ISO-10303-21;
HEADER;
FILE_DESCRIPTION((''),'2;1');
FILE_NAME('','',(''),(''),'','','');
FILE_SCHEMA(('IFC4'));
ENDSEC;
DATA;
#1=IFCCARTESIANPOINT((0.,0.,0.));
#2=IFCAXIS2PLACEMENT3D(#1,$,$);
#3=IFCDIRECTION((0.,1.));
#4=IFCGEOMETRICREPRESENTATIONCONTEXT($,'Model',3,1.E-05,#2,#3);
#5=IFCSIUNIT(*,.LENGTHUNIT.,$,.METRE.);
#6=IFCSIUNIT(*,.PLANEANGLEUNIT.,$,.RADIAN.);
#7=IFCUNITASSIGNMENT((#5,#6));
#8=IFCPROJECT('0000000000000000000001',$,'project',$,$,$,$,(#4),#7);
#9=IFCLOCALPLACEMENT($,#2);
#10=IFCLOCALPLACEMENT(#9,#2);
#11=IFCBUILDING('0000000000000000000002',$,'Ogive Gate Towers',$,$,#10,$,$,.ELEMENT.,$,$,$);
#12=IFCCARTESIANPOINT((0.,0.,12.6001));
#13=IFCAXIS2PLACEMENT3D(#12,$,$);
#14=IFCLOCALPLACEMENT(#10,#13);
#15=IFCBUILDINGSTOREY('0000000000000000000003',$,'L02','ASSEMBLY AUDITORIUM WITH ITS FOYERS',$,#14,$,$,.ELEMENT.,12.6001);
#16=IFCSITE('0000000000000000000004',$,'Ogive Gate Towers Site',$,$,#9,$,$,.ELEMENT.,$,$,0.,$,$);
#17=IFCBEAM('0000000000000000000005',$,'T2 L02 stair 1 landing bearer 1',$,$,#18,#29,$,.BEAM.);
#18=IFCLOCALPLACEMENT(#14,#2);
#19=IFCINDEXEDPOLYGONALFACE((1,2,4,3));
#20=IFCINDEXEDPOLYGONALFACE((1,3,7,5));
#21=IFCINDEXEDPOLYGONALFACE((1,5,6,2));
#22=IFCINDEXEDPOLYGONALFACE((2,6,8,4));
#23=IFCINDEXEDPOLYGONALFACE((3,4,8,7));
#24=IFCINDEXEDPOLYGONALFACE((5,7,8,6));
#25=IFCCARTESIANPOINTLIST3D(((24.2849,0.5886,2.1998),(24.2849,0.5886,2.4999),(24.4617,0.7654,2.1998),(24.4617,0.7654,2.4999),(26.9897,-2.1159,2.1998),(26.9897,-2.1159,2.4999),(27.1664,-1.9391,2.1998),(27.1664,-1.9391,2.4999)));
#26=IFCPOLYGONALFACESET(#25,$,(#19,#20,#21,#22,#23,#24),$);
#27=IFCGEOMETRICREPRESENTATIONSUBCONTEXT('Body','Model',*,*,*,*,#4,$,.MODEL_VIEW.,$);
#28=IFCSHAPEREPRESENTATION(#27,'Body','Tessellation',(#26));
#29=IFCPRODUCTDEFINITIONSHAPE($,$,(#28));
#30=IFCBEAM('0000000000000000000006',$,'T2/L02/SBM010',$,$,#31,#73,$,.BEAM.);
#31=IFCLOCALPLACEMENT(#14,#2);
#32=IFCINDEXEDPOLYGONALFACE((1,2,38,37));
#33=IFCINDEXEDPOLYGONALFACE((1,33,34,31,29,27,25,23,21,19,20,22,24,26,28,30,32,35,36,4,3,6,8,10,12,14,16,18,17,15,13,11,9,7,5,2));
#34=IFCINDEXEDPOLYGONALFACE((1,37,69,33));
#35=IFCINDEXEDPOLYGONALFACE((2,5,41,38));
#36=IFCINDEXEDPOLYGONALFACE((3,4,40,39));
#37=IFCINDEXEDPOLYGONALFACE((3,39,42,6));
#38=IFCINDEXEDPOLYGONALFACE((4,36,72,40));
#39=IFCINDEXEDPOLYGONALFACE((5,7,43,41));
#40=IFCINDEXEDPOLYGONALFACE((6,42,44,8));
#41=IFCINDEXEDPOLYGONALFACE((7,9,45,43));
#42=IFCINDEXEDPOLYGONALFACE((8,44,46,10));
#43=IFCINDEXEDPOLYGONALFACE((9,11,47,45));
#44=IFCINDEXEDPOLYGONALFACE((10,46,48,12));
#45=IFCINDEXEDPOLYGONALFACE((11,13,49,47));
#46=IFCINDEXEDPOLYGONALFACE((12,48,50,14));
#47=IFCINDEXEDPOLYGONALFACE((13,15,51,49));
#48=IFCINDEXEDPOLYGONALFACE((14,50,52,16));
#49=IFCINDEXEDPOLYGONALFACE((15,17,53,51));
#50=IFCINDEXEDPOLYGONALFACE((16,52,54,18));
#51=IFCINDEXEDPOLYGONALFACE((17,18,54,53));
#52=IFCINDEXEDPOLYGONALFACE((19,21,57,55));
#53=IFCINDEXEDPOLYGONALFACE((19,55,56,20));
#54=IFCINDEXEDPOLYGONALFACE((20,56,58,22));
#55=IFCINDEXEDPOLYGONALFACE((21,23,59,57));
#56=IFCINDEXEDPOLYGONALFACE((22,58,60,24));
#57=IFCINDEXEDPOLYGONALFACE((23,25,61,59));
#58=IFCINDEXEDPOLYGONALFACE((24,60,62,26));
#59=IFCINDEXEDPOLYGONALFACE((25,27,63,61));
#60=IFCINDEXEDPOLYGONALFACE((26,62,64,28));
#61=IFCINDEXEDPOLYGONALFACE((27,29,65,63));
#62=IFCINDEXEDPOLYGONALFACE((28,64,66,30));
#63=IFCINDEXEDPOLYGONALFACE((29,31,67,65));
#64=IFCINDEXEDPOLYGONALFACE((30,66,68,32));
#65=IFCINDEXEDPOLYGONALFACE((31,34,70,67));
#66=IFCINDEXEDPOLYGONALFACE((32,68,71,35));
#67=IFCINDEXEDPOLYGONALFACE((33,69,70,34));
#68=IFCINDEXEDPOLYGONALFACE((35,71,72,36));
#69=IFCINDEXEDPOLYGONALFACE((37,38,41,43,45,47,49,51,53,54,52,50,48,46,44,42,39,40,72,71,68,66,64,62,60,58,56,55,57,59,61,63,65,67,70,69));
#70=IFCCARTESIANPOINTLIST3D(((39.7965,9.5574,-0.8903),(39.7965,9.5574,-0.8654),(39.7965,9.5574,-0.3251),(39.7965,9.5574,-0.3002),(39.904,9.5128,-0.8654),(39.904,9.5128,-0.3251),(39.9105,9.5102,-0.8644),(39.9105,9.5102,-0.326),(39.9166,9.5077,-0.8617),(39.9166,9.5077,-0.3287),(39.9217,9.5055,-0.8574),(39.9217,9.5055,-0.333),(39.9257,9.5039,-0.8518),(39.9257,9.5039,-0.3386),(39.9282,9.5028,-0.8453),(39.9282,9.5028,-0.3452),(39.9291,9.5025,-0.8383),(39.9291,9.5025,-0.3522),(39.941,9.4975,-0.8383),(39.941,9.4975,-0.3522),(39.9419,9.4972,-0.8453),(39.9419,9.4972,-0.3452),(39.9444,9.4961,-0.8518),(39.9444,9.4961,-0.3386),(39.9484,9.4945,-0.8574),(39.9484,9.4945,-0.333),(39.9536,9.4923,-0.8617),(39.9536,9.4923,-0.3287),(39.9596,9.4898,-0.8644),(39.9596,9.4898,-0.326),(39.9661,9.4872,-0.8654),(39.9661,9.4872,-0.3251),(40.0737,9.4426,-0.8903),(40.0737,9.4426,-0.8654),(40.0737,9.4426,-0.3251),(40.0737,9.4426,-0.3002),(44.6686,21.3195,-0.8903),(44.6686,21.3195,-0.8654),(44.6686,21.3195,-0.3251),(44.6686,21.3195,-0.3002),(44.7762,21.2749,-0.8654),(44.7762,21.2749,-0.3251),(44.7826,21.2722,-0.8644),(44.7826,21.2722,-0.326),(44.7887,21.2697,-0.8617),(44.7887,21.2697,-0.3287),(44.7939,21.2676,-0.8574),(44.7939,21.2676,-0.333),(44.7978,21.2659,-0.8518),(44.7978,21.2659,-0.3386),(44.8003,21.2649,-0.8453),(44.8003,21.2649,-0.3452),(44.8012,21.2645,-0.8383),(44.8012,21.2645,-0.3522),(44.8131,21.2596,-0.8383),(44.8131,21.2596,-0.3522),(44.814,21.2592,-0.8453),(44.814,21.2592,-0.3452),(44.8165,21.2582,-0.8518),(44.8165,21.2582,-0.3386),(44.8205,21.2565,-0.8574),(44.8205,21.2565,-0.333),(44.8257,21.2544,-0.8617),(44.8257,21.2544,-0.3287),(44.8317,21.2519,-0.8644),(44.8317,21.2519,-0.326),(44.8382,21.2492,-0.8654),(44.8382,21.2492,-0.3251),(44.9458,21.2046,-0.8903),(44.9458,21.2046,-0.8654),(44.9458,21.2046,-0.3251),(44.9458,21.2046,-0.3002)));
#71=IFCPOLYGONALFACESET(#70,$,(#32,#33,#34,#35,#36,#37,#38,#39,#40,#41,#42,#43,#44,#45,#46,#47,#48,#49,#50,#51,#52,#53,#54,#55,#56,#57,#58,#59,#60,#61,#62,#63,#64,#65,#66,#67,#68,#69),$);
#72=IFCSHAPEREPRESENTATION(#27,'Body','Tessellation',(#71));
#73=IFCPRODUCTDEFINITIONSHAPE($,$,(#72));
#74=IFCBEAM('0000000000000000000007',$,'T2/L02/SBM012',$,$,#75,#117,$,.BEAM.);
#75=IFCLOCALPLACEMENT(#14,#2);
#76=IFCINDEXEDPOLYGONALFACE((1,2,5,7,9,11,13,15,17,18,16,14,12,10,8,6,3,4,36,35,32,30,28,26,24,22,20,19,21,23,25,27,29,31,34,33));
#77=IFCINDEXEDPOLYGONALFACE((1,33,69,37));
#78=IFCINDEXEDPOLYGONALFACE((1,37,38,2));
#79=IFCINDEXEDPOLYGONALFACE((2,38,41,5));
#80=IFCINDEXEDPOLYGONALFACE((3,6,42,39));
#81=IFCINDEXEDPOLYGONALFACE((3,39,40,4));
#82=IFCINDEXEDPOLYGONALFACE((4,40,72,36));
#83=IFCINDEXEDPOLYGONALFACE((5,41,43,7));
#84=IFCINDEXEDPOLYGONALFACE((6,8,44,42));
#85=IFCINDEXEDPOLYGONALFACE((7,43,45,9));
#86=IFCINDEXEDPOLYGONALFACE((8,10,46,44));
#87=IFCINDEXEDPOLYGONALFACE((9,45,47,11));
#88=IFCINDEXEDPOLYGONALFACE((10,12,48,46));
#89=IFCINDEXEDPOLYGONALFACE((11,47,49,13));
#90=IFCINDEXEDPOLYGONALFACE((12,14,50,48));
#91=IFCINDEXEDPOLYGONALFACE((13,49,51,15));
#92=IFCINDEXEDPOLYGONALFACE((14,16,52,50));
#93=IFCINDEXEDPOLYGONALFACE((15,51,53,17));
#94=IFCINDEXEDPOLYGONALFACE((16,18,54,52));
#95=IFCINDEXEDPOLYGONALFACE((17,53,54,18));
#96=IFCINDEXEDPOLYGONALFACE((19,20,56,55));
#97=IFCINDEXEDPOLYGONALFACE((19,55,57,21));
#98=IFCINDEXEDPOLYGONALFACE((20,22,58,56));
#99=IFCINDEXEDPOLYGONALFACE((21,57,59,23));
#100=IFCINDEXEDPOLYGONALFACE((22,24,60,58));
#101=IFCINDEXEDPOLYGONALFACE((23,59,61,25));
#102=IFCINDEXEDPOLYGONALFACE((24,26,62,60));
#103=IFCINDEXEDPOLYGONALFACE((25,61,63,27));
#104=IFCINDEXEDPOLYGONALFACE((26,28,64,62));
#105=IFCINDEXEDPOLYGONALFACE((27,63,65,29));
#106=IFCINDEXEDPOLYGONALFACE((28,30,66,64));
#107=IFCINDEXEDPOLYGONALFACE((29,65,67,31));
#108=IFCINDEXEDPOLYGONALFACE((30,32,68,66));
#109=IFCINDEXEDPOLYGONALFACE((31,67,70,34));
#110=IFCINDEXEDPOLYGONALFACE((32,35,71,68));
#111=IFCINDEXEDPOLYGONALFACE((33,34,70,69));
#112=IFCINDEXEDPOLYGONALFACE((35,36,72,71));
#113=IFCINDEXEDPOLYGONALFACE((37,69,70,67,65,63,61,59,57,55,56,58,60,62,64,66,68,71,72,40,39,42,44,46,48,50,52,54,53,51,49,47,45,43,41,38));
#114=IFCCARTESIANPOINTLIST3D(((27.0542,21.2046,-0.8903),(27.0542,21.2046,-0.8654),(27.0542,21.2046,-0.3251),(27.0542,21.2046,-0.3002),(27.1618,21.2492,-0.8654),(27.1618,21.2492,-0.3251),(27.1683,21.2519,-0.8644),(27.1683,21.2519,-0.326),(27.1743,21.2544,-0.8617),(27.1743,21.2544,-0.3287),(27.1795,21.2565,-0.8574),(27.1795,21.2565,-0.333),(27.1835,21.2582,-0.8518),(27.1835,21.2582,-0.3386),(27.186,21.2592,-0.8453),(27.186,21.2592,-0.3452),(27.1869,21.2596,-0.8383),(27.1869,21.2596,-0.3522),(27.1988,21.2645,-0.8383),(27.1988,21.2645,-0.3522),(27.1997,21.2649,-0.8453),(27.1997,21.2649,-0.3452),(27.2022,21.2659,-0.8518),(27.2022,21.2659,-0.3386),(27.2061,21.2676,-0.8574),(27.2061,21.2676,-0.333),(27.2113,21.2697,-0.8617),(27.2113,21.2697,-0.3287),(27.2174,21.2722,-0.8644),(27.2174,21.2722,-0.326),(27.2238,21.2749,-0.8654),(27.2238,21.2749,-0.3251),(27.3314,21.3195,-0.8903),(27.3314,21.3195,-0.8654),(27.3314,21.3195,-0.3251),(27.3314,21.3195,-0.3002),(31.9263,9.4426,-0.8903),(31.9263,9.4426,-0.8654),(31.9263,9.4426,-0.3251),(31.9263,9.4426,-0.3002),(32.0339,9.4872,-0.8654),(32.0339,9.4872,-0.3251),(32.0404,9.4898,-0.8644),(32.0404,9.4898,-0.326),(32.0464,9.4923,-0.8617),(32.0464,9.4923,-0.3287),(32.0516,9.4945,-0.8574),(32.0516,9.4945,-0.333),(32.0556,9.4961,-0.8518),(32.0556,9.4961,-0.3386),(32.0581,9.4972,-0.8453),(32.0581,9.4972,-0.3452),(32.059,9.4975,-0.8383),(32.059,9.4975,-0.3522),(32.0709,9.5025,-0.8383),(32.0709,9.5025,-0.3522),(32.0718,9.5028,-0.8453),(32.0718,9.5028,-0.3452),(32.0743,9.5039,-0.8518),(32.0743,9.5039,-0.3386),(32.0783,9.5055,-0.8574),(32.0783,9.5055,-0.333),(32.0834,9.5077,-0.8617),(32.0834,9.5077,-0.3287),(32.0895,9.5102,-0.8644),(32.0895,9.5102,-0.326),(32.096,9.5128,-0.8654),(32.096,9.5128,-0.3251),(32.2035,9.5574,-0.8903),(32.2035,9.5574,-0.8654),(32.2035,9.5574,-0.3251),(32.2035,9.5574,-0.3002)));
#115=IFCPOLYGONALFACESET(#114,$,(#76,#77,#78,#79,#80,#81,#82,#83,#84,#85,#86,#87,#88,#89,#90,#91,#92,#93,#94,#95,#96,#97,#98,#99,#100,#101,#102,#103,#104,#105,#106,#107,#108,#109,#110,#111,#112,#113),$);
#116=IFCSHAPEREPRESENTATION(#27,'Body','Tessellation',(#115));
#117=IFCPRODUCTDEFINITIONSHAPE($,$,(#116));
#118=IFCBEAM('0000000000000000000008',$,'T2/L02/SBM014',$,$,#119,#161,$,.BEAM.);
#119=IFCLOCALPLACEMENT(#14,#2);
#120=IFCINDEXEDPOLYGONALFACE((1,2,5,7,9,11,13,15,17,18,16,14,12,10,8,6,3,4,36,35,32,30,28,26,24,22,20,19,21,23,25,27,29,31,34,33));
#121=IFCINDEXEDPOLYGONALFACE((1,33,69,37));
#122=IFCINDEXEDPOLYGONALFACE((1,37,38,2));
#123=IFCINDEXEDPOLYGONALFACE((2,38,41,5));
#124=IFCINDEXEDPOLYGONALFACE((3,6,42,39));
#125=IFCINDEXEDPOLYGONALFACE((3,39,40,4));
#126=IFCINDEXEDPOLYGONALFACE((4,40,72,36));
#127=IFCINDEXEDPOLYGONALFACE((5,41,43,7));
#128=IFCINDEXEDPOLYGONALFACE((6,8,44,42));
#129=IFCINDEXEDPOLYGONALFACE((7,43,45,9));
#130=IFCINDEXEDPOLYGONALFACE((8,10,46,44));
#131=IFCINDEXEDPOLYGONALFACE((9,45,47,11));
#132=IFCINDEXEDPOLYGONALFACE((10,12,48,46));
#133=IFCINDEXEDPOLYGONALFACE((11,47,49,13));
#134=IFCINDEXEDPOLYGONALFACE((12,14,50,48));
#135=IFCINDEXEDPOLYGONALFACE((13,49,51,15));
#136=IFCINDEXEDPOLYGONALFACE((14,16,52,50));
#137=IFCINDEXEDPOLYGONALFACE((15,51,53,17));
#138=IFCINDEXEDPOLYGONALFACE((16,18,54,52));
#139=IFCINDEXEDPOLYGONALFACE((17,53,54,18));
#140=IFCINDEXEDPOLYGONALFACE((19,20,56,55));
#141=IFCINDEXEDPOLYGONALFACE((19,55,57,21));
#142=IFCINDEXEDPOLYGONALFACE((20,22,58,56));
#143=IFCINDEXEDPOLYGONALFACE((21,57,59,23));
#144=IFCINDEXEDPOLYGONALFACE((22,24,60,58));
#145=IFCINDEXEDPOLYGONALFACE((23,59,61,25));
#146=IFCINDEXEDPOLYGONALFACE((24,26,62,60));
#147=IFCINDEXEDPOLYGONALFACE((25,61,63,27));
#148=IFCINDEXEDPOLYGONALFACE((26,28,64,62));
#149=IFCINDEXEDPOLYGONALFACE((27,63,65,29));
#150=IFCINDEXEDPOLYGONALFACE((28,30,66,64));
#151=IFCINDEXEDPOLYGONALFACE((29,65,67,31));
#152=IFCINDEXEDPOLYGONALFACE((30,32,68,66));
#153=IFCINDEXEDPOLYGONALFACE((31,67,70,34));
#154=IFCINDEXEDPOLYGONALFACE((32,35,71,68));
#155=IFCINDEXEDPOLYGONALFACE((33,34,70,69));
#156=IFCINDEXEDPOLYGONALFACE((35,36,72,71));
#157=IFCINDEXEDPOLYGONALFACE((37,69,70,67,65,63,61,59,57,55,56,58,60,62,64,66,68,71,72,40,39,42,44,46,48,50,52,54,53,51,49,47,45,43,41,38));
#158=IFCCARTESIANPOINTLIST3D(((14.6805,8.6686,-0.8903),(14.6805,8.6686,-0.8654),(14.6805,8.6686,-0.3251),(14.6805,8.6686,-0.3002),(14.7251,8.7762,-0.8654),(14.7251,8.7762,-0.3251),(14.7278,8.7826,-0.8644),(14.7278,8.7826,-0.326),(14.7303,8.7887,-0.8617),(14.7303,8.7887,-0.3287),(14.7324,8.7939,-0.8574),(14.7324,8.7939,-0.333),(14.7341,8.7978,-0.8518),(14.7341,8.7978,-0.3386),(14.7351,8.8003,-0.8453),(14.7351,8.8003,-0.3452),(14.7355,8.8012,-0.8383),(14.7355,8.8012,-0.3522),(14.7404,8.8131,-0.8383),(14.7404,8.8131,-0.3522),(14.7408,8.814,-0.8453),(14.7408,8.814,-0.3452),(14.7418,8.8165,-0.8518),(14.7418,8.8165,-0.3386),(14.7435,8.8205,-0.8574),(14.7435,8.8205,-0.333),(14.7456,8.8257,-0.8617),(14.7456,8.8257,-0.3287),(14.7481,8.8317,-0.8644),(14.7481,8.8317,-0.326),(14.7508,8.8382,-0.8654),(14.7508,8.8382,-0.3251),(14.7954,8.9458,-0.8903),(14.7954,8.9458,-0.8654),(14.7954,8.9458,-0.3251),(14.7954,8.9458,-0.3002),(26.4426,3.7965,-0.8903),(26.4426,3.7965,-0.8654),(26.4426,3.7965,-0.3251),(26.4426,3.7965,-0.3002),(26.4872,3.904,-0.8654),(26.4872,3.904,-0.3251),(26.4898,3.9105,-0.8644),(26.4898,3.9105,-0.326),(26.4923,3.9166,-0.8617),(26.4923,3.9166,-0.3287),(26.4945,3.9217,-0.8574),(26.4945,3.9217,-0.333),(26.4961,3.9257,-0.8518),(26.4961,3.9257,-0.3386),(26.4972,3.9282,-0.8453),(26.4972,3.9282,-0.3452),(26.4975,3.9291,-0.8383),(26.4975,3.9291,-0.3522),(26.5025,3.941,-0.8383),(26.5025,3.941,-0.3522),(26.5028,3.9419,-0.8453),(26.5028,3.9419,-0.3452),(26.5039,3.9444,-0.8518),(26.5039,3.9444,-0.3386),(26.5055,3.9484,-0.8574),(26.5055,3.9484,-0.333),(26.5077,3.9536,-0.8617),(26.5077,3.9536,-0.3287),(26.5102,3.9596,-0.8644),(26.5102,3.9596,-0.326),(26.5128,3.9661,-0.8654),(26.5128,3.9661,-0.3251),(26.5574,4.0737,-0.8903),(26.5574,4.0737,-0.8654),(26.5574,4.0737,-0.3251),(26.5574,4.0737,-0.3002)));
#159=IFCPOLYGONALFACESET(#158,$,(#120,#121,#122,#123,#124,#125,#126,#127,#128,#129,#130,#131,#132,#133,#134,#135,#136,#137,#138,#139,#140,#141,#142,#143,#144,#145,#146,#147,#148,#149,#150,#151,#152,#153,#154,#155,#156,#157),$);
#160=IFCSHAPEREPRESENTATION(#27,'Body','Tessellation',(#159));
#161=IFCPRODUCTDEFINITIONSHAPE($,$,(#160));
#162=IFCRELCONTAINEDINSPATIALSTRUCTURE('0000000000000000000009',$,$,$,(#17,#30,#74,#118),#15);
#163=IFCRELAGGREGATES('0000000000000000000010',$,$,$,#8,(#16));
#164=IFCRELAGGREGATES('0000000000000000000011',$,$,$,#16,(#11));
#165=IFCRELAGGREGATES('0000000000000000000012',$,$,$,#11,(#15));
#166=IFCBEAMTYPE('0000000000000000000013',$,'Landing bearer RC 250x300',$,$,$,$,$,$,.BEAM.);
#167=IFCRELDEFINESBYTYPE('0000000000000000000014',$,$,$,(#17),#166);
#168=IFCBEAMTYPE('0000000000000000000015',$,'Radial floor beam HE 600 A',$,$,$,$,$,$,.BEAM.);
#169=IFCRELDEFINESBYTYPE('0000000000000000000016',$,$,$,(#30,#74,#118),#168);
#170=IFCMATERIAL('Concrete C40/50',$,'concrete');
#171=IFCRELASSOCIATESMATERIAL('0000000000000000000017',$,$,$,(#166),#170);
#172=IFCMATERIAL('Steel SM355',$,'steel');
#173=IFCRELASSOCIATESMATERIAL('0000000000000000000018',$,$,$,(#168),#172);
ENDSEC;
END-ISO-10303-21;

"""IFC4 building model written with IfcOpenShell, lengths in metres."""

from ifc_helpers import new_model, si_unit, direction, frame, origin, origin_2d, place, context, subcontext, project, spatial, rectangle, i_section, extrude, material, material_profile, profile_set, type_object, element, save


model = new_model("IFC4")

# Units and contexts
model_context = context("Model", 3, precision=1e-05, world=origin(), true_north=direction((0.0, 1.0)))
body_context = subcontext(model_context, "Body", "Model", "MODEL_VIEW")
ifc_project = project(units=[si_unit("LENGTHUNIT", "METRE"), si_unit("PLANEANGLEUNIT", "RADIAN")], contexts=[model_context])

# Site, building, storey
site_placement = place(None, origin())
site = spatial("IfcSite", under=ifc_project, at=site_placement, Name="Ogive Gate Towers Site", CompositionType="ELEMENT", RefElevation=0.0)
building_placement = place(site_placement, origin())
building = spatial("IfcBuilding", under=site, at=building_placement, Name="Ogive Gate Towers", CompositionType="ELEMENT")
storey_placement = place(building_placement, frame((0.0, 0.0, 12.6001)))
storey = spatial("IfcBuildingStorey", under=building, at=storey_placement, Name="L02", Description="ASSEMBLY AUDITORIUM WITH ITS FOYERS", CompositionType="ELEMENT", Elevation=12.6001)

# Beams
ifc_material_1 = material(Name="Concrete C40/50", Category="concrete")
ifc_material_profile_1 = material_profile(ifc_material_1, rectangle(XDim=0.25, YDim=0.3, at=origin_2d()), Name="RC 250x300")
ifc_profile_set_1 = profile_set([ifc_material_profile_1], Name="Concrete C40/50")
beam_type_1 = type_object("IfcBeamType", Name="Landing bearer RC 250x300", PredefinedType="BEAM", material=ifc_profile_set_1)
beam_1_placement = place(storey_placement, frame((24.3733, 0.677, 2.3499), z_axis=(0.707139, -0.707075, 0.0), x_axis=(0.707075, 0.707139, 0.0)))
element("IfcBeam", 1, at=beam_1_placement, inside=storey, type_object=beam_type_1, Name="T2 L02 stair 1 landing bearer 1", PredefinedType="BEAM", context=body_context, shape_type="SweptSolid", body=[
    extrude(rectangle(XDim=0.25, YDim=0.3, at=origin_2d()), origin(), (0.0, 0.0, 1.0), 3.825),
])
ifc_material_2 = material(Name="Steel SM355", Category="steel")
ifc_material_profile_2 = material_profile(ifc_material_2, i_section(OverallWidth=0.3, OverallDepth=0.5901, WebThickness=0.0129, FlangeThickness=0.0249, FilletRadius=0.0271, at=origin_2d()), Name="HE 600 A")
ifc_profile_set_2 = profile_set([ifc_material_profile_2], Name="Steel SM355")
beam_type_2 = type_object("IfcBeamType", Name="Radial floor beam HE 600 A", PredefinedType="BEAM", material=ifc_profile_set_2)
for number, where, z_axis, x_axis, name in (
    (2, (39.9351, 9.5, -0.5952), (0.382691, 0.923877, 0.0), (-0.923877, 0.382691, 0.0), "T2/L02/SBM010"),
    (3, (32.0649, 9.5, -0.5952), (-0.382691, 0.923877, 0.0), (-0.923877, -0.382691, 0.0), "T2/L02/SBM012"),
    (4, (26.5, 3.9351, -0.5952), (-0.923877, 0.382691, 0.0), (-0.382691, -0.923877, 0.0), "T2/L02/SBM014"),
):
    element("IfcBeam", number, at=place(storey_placement, frame(where, z_axis=z_axis, x_axis=x_axis)), inside=storey, type_object=beam_type_2, Name=name, PredefinedType="BEAM", context=body_context, shape_type="SweptSolid", body=[
        extrude(i_section(OverallWidth=0.3, OverallDepth=0.5901, WebThickness=0.0129, FlangeThickness=0.0249, FilletRadius=0.0271, at=origin_2d()), origin(), (0.0, 0.0, 1.0), 12.7312),
    ])

save(model, "model.ifc")
